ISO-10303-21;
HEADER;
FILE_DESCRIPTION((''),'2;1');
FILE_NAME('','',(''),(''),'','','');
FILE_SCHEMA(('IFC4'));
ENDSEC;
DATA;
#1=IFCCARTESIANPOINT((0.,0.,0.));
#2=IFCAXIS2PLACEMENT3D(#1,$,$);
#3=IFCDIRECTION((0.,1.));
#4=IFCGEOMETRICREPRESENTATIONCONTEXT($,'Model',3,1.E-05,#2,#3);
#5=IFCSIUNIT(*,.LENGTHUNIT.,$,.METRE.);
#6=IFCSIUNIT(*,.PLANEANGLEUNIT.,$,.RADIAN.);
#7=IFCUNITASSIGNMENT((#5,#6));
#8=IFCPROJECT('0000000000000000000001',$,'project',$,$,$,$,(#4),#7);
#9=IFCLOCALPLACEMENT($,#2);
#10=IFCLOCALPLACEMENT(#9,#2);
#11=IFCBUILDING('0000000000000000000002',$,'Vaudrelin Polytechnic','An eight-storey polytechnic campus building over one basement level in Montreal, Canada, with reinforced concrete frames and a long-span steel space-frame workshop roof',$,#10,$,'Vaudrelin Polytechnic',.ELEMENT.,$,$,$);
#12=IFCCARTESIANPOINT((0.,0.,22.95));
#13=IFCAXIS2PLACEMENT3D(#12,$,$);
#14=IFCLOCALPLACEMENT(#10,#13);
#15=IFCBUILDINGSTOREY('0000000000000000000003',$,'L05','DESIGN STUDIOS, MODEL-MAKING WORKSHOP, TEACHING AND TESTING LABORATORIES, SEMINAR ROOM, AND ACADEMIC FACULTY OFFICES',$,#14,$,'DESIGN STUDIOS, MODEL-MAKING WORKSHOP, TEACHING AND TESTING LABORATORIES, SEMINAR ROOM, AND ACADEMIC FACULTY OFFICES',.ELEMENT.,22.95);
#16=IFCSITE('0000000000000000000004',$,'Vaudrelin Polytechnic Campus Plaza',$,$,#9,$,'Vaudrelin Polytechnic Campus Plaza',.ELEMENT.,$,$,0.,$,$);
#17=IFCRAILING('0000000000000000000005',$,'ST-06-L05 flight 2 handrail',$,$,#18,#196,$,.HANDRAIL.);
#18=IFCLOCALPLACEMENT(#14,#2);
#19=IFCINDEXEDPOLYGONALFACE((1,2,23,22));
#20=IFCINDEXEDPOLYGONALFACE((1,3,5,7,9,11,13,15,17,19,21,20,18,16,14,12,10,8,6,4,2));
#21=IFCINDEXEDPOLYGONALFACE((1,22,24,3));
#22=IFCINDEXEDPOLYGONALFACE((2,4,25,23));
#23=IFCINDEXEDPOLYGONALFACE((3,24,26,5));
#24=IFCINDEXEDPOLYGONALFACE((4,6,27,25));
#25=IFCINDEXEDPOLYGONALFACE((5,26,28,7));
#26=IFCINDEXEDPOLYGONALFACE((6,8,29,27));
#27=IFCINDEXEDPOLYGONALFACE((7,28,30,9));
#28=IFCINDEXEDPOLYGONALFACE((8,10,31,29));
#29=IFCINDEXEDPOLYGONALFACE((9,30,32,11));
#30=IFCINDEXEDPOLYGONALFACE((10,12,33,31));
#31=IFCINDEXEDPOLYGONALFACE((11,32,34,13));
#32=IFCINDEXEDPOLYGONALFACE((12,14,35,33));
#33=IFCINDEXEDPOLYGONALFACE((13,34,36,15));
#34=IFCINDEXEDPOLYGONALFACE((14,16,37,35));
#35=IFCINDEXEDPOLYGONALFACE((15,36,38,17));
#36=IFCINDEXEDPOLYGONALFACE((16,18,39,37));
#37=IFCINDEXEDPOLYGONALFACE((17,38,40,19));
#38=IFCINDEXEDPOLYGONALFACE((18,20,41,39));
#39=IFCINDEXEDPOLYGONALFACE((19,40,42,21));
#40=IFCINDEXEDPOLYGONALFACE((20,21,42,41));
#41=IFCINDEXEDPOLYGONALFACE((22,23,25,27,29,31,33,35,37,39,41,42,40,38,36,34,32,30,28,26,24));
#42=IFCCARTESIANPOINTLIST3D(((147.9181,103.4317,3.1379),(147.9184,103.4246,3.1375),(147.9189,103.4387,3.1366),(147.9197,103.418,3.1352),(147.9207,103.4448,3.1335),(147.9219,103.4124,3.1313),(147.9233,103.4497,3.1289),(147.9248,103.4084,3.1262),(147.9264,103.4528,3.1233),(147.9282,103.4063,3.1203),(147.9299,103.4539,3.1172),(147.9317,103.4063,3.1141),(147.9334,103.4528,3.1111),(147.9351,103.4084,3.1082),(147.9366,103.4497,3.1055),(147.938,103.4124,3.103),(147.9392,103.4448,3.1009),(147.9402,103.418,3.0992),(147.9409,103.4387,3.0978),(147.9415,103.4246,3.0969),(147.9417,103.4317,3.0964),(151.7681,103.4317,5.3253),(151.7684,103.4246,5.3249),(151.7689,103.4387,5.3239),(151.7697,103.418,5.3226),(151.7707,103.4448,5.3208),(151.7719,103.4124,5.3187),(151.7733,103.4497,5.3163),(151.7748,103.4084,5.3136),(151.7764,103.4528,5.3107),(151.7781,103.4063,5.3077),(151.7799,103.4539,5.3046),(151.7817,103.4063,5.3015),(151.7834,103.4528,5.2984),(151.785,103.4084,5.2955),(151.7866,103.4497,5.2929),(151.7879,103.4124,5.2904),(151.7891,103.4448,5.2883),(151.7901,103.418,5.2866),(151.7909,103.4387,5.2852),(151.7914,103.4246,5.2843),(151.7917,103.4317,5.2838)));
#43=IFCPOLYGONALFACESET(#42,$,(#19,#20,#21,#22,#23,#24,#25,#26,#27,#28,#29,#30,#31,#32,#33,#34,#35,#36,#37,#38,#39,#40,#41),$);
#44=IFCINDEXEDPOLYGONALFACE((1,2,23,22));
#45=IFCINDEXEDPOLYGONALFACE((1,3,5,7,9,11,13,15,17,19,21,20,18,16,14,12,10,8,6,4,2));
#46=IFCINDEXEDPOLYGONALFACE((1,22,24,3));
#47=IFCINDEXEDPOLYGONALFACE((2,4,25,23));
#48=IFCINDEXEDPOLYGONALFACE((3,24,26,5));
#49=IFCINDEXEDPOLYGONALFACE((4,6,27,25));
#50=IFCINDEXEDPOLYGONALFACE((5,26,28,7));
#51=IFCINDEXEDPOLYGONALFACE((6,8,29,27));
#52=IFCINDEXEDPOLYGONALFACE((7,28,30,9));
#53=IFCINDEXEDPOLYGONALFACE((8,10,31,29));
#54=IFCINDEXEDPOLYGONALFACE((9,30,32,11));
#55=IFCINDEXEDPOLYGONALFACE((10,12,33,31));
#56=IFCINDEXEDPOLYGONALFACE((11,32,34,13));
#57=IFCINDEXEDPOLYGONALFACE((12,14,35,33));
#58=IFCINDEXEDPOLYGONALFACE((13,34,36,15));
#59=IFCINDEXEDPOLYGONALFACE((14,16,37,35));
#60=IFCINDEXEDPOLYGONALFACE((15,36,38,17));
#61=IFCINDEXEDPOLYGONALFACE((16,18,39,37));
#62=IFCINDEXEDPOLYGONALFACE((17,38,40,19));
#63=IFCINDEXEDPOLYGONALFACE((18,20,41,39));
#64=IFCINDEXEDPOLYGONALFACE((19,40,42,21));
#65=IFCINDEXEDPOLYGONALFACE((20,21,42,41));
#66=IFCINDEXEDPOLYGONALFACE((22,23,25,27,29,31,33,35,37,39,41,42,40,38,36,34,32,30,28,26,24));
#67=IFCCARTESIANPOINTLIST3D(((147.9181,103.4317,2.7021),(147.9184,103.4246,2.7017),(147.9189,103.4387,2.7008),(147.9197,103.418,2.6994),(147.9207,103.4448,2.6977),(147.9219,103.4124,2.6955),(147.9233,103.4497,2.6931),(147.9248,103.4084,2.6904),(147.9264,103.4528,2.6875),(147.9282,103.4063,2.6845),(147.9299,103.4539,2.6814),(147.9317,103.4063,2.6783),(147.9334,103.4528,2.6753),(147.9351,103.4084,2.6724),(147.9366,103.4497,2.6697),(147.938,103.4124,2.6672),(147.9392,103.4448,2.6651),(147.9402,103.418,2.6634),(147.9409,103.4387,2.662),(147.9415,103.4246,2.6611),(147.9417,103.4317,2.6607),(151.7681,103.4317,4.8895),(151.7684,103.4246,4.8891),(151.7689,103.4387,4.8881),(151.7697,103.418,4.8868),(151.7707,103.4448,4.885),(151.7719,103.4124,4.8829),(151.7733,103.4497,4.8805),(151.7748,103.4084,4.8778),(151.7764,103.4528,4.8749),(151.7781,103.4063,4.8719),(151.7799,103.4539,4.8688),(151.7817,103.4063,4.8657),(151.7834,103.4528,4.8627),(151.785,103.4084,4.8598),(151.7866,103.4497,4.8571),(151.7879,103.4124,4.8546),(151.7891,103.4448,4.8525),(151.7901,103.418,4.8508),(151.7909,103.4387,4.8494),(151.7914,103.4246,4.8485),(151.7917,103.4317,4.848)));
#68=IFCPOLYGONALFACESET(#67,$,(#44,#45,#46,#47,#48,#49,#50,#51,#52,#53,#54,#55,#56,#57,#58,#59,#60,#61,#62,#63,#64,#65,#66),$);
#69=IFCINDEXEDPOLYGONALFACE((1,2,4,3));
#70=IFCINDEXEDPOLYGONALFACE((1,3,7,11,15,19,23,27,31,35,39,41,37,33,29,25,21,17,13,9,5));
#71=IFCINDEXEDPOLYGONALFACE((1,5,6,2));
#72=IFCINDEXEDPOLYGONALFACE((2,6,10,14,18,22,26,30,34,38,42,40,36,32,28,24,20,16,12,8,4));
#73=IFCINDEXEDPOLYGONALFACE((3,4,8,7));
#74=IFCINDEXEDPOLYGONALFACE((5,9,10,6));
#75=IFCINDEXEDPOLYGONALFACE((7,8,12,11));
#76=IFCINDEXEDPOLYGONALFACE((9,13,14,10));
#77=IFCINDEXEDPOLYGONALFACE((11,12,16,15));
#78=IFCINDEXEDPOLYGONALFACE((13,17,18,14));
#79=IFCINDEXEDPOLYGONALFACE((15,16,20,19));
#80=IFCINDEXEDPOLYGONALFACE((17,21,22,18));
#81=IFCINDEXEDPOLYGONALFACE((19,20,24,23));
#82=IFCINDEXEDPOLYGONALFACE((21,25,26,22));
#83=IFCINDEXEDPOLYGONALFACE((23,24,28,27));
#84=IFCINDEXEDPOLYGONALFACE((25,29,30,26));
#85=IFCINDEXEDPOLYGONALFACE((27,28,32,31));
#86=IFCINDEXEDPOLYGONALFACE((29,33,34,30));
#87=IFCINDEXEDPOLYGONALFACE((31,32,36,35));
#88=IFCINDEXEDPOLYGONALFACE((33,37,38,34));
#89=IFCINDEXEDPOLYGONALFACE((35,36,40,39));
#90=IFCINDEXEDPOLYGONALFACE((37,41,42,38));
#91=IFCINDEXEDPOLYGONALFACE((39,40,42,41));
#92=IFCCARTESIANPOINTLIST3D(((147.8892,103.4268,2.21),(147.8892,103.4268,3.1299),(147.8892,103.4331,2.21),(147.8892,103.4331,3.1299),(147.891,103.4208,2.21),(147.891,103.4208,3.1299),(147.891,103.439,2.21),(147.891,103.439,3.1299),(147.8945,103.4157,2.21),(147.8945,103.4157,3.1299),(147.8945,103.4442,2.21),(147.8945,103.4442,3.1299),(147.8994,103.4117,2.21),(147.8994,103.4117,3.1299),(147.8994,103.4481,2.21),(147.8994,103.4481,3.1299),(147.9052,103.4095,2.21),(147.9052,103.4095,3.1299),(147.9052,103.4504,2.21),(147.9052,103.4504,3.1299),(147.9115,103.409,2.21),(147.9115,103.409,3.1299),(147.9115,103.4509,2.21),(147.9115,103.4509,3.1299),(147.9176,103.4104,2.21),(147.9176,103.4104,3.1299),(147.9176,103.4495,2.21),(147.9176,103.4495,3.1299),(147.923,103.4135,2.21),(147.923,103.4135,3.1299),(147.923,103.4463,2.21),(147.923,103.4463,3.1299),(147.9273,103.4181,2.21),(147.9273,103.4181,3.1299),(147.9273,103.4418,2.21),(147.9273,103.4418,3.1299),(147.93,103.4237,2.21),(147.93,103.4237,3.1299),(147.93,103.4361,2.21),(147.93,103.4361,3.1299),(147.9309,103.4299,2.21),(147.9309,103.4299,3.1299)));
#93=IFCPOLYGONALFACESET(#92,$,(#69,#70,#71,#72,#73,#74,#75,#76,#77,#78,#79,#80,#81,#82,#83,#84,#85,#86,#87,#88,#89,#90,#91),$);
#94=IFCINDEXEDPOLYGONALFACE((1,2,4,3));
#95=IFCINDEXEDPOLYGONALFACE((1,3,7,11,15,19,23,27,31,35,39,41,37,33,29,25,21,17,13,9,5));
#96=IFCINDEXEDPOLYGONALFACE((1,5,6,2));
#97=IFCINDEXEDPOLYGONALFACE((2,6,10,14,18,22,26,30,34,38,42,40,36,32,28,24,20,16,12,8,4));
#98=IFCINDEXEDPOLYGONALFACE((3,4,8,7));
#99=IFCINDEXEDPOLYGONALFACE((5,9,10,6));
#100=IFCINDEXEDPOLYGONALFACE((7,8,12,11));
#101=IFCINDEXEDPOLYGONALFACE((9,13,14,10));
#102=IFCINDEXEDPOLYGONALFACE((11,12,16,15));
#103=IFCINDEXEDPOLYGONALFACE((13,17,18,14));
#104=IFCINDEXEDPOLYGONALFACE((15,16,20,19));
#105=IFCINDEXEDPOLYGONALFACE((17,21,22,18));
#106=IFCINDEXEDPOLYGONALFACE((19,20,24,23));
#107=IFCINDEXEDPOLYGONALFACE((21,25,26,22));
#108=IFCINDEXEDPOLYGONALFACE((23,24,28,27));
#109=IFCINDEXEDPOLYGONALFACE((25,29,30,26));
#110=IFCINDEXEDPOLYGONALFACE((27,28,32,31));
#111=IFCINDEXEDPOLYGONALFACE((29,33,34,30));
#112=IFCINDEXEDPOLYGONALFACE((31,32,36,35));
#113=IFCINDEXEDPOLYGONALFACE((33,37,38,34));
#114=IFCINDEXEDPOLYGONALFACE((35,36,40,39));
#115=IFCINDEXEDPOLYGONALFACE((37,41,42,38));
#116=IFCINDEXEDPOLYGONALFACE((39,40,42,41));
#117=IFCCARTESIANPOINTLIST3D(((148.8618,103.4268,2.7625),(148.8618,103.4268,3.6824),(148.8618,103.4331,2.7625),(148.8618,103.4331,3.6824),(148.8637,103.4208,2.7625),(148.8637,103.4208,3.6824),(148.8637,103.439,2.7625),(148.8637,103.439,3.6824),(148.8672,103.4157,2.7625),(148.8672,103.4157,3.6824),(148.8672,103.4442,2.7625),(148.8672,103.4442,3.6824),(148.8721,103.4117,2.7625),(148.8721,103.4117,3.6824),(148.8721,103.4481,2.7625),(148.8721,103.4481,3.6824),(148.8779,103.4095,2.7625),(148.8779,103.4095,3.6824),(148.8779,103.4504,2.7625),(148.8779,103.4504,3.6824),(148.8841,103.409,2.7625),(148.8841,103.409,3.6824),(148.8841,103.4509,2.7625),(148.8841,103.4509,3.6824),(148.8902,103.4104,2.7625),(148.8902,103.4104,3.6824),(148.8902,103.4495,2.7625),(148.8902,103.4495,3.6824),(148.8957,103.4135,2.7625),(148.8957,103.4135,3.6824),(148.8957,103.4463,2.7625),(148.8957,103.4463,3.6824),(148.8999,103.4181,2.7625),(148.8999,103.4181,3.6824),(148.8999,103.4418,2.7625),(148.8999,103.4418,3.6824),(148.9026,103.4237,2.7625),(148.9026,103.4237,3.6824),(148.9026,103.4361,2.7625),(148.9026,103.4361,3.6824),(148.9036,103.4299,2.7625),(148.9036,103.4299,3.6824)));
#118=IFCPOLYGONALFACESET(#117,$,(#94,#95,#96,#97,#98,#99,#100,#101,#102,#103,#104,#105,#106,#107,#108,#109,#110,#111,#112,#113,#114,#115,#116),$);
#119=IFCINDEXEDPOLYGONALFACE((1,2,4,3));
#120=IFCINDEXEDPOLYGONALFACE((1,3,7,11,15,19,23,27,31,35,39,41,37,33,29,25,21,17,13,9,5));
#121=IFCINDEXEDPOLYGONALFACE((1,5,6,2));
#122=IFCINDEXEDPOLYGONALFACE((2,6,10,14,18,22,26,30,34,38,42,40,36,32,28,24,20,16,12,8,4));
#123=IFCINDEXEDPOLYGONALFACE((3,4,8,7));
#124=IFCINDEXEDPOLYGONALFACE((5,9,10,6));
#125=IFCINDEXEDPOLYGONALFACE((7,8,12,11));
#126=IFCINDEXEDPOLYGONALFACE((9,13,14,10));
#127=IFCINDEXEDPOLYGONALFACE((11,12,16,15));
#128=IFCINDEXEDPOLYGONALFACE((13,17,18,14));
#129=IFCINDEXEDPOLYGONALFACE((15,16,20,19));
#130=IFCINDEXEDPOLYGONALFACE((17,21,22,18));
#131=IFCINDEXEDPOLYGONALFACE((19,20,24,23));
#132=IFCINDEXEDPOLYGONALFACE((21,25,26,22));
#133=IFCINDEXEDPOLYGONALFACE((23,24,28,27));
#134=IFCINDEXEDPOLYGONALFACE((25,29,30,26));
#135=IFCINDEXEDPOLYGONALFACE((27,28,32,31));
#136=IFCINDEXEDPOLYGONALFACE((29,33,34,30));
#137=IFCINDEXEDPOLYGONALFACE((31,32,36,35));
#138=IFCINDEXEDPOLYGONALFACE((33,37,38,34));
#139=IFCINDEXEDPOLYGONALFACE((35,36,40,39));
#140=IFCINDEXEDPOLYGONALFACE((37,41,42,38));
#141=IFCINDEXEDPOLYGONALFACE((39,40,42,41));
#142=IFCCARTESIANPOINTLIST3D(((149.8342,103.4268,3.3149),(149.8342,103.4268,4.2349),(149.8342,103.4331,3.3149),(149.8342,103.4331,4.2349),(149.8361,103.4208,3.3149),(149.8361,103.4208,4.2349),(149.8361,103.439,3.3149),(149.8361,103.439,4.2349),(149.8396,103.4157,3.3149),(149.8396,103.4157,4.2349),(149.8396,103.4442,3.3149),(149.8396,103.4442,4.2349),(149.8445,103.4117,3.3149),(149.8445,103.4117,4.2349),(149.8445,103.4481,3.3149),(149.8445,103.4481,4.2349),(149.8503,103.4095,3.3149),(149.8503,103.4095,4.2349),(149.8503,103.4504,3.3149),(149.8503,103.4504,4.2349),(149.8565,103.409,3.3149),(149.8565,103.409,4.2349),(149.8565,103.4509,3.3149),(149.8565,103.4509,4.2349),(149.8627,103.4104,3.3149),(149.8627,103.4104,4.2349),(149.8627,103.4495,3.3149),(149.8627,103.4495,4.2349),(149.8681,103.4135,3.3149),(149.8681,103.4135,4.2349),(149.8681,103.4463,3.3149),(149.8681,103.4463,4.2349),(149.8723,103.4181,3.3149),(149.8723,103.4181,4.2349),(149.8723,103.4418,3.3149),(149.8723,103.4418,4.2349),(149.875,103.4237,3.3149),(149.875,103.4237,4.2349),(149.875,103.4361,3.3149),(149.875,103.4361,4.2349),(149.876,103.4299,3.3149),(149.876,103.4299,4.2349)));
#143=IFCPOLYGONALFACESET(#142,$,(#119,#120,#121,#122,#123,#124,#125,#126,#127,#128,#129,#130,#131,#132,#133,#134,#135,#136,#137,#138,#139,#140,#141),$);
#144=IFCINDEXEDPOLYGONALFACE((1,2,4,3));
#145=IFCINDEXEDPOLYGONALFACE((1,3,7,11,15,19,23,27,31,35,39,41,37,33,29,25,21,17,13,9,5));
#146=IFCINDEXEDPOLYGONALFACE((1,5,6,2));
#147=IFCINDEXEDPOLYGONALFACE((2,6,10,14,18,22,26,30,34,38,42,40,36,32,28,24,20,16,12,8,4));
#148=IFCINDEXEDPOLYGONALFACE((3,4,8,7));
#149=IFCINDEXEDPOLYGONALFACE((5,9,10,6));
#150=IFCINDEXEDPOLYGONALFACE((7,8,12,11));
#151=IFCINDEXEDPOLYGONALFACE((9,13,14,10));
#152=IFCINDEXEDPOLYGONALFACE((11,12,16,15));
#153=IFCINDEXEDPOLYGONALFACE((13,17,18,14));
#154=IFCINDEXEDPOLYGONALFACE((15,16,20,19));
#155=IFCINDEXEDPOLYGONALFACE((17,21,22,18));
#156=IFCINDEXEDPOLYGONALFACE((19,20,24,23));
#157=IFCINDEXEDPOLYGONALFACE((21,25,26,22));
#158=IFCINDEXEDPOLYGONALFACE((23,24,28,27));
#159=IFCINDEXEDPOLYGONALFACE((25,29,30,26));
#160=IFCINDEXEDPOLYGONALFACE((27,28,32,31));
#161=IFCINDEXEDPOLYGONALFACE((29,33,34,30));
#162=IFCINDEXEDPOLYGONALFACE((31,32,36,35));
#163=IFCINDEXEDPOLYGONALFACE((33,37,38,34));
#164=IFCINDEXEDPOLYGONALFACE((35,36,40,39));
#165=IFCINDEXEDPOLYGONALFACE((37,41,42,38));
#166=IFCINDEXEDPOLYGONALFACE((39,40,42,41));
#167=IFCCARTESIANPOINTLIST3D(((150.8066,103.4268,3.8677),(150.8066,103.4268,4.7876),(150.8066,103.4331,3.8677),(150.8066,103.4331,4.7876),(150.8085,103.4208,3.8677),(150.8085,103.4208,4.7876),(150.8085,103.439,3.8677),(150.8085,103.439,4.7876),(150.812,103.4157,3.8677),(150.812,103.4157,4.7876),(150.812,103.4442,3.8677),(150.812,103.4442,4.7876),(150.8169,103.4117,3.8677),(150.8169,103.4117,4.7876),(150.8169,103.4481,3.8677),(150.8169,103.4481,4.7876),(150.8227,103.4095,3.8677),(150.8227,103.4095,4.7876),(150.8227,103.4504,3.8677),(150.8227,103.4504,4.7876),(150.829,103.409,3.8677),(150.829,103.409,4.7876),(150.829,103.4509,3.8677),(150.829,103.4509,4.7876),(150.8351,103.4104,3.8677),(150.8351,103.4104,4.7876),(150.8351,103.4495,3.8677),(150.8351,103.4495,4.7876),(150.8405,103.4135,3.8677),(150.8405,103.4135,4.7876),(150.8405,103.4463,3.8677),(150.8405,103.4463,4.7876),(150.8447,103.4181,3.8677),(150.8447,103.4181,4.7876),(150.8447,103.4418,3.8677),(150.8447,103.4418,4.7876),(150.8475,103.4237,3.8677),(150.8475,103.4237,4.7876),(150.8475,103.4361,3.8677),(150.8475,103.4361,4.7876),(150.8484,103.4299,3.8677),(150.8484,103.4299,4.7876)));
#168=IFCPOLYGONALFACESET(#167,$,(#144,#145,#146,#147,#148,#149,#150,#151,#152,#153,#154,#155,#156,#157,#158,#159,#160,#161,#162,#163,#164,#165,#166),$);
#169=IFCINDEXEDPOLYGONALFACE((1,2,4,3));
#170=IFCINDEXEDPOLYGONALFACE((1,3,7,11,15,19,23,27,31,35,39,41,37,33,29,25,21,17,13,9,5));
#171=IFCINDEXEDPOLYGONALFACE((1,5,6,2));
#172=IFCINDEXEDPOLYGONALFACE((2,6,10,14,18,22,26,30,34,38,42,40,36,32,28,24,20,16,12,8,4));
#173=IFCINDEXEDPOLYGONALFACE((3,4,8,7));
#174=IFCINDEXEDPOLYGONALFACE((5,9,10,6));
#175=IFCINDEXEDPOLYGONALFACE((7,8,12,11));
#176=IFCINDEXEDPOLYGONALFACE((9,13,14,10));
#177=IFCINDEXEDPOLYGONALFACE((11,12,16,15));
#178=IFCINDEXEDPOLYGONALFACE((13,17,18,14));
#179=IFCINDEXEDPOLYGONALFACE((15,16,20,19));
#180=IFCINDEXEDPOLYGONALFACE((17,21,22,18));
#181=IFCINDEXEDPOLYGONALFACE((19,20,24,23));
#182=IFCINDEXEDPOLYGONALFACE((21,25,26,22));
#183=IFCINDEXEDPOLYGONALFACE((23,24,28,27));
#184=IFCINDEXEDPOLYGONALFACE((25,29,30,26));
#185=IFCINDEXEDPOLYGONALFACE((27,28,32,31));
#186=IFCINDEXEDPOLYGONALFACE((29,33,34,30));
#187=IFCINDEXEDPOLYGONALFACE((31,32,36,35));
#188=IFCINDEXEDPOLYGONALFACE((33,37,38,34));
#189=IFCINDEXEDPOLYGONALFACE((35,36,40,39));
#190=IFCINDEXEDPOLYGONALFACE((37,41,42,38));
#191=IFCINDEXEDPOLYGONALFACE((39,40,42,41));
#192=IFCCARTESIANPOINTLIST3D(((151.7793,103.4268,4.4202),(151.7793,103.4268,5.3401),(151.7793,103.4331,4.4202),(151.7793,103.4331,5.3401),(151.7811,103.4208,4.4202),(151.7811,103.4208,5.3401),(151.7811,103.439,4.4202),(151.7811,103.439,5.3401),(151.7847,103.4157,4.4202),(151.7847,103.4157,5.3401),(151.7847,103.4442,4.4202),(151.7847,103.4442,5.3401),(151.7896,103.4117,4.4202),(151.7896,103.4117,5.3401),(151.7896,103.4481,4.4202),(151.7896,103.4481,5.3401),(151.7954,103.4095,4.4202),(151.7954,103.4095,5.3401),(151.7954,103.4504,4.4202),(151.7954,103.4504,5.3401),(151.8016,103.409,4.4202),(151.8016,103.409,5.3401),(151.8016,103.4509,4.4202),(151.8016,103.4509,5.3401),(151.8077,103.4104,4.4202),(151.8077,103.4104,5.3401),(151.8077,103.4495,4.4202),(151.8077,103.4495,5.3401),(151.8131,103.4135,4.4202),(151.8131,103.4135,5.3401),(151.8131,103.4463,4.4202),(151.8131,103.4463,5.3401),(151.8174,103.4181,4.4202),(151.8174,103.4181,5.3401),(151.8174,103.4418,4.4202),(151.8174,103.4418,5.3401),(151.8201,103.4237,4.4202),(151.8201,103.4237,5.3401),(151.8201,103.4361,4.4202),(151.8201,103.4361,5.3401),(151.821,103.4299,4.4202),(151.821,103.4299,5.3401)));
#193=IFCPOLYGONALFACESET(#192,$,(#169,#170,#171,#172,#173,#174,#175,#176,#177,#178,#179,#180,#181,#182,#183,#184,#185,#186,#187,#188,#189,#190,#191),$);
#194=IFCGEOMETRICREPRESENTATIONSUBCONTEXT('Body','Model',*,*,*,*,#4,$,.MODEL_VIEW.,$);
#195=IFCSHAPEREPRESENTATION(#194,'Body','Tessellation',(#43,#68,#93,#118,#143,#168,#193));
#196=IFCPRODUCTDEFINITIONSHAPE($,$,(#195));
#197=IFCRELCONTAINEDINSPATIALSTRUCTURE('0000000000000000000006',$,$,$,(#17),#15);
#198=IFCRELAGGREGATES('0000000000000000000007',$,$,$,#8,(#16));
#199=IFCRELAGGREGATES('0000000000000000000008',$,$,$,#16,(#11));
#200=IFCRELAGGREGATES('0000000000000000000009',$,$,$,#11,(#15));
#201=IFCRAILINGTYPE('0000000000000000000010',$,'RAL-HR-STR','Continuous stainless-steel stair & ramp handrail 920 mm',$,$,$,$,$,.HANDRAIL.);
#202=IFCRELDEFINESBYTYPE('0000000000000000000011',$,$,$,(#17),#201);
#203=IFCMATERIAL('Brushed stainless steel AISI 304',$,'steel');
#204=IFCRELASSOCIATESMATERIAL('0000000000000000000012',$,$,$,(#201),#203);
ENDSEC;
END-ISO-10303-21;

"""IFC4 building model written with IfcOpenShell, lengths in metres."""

from ifc_helpers import new_model, si_unit, direction, frame, origin, origin_2d, place, context, subcontext, project, spatial, circle, extrude, material, type_object, element, save


model = new_model("IFC4")

# Units and contexts
model_context = context("Model", 3, precision=1e-05, world=origin(), true_north=direction((0.0, 1.0)))
body_context = subcontext(model_context, "Body", "Model", "MODEL_VIEW")
ifc_project = project(units=[si_unit("LENGTHUNIT", "METRE"), si_unit("PLANEANGLEUNIT", "RADIAN")], contexts=[model_context])

# Site, building, storey
site_placement = place(None, origin())
site = spatial("IfcSite", under=ifc_project, at=site_placement, Name="Vaudrelin Polytechnic Campus Plaza", LongName="Vaudrelin Polytechnic Campus Plaza", CompositionType="ELEMENT", RefElevation=0.0)
building_placement = place(site_placement, origin())
building = spatial("IfcBuilding", under=site, at=building_placement, Name="Vaudrelin Polytechnic", Description="An eight-storey polytechnic campus building over one basement level in Montreal, Canada, with reinforced concrete frames and a long-span steel space-frame workshop roof", LongName="Vaudrelin Polytechnic", CompositionType="ELEMENT")
storey_placement = place(building_placement, frame((0.0, 0.0, 22.95)))
storey = spatial("IfcBuildingStorey", under=building, at=storey_placement, Name="L05", Description="DESIGN STUDIOS, MODEL-MAKING WORKSHOP, TEACHING AND TESTING LABORATORIES, SEMINAR ROOM, AND ACADEMIC FACULTY OFFICES", LongName="DESIGN STUDIOS, MODEL-MAKING WORKSHOP, TEACHING AND TESTING LABORATORIES, SEMINAR ROOM, AND ACADEMIC FACULTY OFFICES", CompositionType="ELEMENT", Elevation=22.95)

# Railing
ifc_material_1 = material(Name="Brushed stainless steel AISI 304", Category="steel")
railing_type_1 = type_object("IfcRailingType", Name="RAL-HR-STR", Description="Continuous stainless-steel stair & ramp handrail 920 mm", PredefinedType="HANDRAIL", material=ifc_material_1)
railing_1_placement = place(storey_placement, frame((147.9099, 103.4299, 2.21)))
element("IfcRailing", 1, at=railing_1_placement, inside=storey, type_object=railing_type_1, Name="ST-06-L05 flight 2 handrail", PredefinedType="HANDRAIL", context=body_context, shape_type="SweptSolid", body=[
    extrude(circle(Radius=0.0239, at=origin_2d()), frame((0.02, 0.0, 0.9072), z_axis=(0.869466, 0.0, 0.493993), x_axis=(0.0, 1.0, 0.0)), (0.0, 0.0, 1.0), 4.428),
    extrude(circle(Radius=0.0239, at=origin_2d()), frame((0.02, 0.0, 0.4714), z_axis=(0.869466, 0.0, 0.493993), x_axis=(0.0, 1.0, 0.0)), (0.0, 0.0, 1.0), 4.428),
    extrude(circle(Radius=0.021, at=origin_2d()), origin(), (0.0, 0.0, 1.0), 0.9199),
    extrude(circle(Radius=0.021, at=origin_2d()), frame((0.9727, 0.0, 0.5525)), (0.0, 0.0, 1.0), 0.9199),
    extrude(circle(Radius=0.021, at=origin_2d()), frame((1.9451, 0.0, 1.105)), (0.0, 0.0, 1.0), 0.9199),
    extrude(circle(Radius=0.021, at=origin_2d()), frame((2.9175, 0.0, 1.6577)), (0.0, 0.0, 1.0), 0.9199),
    extrude(circle(Radius=0.021, at=origin_2d()), frame((3.8901, 0.0, 2.2102)), (0.0, 0.0, 1.0), 0.9199),
])

save(model, "model.ifc")
